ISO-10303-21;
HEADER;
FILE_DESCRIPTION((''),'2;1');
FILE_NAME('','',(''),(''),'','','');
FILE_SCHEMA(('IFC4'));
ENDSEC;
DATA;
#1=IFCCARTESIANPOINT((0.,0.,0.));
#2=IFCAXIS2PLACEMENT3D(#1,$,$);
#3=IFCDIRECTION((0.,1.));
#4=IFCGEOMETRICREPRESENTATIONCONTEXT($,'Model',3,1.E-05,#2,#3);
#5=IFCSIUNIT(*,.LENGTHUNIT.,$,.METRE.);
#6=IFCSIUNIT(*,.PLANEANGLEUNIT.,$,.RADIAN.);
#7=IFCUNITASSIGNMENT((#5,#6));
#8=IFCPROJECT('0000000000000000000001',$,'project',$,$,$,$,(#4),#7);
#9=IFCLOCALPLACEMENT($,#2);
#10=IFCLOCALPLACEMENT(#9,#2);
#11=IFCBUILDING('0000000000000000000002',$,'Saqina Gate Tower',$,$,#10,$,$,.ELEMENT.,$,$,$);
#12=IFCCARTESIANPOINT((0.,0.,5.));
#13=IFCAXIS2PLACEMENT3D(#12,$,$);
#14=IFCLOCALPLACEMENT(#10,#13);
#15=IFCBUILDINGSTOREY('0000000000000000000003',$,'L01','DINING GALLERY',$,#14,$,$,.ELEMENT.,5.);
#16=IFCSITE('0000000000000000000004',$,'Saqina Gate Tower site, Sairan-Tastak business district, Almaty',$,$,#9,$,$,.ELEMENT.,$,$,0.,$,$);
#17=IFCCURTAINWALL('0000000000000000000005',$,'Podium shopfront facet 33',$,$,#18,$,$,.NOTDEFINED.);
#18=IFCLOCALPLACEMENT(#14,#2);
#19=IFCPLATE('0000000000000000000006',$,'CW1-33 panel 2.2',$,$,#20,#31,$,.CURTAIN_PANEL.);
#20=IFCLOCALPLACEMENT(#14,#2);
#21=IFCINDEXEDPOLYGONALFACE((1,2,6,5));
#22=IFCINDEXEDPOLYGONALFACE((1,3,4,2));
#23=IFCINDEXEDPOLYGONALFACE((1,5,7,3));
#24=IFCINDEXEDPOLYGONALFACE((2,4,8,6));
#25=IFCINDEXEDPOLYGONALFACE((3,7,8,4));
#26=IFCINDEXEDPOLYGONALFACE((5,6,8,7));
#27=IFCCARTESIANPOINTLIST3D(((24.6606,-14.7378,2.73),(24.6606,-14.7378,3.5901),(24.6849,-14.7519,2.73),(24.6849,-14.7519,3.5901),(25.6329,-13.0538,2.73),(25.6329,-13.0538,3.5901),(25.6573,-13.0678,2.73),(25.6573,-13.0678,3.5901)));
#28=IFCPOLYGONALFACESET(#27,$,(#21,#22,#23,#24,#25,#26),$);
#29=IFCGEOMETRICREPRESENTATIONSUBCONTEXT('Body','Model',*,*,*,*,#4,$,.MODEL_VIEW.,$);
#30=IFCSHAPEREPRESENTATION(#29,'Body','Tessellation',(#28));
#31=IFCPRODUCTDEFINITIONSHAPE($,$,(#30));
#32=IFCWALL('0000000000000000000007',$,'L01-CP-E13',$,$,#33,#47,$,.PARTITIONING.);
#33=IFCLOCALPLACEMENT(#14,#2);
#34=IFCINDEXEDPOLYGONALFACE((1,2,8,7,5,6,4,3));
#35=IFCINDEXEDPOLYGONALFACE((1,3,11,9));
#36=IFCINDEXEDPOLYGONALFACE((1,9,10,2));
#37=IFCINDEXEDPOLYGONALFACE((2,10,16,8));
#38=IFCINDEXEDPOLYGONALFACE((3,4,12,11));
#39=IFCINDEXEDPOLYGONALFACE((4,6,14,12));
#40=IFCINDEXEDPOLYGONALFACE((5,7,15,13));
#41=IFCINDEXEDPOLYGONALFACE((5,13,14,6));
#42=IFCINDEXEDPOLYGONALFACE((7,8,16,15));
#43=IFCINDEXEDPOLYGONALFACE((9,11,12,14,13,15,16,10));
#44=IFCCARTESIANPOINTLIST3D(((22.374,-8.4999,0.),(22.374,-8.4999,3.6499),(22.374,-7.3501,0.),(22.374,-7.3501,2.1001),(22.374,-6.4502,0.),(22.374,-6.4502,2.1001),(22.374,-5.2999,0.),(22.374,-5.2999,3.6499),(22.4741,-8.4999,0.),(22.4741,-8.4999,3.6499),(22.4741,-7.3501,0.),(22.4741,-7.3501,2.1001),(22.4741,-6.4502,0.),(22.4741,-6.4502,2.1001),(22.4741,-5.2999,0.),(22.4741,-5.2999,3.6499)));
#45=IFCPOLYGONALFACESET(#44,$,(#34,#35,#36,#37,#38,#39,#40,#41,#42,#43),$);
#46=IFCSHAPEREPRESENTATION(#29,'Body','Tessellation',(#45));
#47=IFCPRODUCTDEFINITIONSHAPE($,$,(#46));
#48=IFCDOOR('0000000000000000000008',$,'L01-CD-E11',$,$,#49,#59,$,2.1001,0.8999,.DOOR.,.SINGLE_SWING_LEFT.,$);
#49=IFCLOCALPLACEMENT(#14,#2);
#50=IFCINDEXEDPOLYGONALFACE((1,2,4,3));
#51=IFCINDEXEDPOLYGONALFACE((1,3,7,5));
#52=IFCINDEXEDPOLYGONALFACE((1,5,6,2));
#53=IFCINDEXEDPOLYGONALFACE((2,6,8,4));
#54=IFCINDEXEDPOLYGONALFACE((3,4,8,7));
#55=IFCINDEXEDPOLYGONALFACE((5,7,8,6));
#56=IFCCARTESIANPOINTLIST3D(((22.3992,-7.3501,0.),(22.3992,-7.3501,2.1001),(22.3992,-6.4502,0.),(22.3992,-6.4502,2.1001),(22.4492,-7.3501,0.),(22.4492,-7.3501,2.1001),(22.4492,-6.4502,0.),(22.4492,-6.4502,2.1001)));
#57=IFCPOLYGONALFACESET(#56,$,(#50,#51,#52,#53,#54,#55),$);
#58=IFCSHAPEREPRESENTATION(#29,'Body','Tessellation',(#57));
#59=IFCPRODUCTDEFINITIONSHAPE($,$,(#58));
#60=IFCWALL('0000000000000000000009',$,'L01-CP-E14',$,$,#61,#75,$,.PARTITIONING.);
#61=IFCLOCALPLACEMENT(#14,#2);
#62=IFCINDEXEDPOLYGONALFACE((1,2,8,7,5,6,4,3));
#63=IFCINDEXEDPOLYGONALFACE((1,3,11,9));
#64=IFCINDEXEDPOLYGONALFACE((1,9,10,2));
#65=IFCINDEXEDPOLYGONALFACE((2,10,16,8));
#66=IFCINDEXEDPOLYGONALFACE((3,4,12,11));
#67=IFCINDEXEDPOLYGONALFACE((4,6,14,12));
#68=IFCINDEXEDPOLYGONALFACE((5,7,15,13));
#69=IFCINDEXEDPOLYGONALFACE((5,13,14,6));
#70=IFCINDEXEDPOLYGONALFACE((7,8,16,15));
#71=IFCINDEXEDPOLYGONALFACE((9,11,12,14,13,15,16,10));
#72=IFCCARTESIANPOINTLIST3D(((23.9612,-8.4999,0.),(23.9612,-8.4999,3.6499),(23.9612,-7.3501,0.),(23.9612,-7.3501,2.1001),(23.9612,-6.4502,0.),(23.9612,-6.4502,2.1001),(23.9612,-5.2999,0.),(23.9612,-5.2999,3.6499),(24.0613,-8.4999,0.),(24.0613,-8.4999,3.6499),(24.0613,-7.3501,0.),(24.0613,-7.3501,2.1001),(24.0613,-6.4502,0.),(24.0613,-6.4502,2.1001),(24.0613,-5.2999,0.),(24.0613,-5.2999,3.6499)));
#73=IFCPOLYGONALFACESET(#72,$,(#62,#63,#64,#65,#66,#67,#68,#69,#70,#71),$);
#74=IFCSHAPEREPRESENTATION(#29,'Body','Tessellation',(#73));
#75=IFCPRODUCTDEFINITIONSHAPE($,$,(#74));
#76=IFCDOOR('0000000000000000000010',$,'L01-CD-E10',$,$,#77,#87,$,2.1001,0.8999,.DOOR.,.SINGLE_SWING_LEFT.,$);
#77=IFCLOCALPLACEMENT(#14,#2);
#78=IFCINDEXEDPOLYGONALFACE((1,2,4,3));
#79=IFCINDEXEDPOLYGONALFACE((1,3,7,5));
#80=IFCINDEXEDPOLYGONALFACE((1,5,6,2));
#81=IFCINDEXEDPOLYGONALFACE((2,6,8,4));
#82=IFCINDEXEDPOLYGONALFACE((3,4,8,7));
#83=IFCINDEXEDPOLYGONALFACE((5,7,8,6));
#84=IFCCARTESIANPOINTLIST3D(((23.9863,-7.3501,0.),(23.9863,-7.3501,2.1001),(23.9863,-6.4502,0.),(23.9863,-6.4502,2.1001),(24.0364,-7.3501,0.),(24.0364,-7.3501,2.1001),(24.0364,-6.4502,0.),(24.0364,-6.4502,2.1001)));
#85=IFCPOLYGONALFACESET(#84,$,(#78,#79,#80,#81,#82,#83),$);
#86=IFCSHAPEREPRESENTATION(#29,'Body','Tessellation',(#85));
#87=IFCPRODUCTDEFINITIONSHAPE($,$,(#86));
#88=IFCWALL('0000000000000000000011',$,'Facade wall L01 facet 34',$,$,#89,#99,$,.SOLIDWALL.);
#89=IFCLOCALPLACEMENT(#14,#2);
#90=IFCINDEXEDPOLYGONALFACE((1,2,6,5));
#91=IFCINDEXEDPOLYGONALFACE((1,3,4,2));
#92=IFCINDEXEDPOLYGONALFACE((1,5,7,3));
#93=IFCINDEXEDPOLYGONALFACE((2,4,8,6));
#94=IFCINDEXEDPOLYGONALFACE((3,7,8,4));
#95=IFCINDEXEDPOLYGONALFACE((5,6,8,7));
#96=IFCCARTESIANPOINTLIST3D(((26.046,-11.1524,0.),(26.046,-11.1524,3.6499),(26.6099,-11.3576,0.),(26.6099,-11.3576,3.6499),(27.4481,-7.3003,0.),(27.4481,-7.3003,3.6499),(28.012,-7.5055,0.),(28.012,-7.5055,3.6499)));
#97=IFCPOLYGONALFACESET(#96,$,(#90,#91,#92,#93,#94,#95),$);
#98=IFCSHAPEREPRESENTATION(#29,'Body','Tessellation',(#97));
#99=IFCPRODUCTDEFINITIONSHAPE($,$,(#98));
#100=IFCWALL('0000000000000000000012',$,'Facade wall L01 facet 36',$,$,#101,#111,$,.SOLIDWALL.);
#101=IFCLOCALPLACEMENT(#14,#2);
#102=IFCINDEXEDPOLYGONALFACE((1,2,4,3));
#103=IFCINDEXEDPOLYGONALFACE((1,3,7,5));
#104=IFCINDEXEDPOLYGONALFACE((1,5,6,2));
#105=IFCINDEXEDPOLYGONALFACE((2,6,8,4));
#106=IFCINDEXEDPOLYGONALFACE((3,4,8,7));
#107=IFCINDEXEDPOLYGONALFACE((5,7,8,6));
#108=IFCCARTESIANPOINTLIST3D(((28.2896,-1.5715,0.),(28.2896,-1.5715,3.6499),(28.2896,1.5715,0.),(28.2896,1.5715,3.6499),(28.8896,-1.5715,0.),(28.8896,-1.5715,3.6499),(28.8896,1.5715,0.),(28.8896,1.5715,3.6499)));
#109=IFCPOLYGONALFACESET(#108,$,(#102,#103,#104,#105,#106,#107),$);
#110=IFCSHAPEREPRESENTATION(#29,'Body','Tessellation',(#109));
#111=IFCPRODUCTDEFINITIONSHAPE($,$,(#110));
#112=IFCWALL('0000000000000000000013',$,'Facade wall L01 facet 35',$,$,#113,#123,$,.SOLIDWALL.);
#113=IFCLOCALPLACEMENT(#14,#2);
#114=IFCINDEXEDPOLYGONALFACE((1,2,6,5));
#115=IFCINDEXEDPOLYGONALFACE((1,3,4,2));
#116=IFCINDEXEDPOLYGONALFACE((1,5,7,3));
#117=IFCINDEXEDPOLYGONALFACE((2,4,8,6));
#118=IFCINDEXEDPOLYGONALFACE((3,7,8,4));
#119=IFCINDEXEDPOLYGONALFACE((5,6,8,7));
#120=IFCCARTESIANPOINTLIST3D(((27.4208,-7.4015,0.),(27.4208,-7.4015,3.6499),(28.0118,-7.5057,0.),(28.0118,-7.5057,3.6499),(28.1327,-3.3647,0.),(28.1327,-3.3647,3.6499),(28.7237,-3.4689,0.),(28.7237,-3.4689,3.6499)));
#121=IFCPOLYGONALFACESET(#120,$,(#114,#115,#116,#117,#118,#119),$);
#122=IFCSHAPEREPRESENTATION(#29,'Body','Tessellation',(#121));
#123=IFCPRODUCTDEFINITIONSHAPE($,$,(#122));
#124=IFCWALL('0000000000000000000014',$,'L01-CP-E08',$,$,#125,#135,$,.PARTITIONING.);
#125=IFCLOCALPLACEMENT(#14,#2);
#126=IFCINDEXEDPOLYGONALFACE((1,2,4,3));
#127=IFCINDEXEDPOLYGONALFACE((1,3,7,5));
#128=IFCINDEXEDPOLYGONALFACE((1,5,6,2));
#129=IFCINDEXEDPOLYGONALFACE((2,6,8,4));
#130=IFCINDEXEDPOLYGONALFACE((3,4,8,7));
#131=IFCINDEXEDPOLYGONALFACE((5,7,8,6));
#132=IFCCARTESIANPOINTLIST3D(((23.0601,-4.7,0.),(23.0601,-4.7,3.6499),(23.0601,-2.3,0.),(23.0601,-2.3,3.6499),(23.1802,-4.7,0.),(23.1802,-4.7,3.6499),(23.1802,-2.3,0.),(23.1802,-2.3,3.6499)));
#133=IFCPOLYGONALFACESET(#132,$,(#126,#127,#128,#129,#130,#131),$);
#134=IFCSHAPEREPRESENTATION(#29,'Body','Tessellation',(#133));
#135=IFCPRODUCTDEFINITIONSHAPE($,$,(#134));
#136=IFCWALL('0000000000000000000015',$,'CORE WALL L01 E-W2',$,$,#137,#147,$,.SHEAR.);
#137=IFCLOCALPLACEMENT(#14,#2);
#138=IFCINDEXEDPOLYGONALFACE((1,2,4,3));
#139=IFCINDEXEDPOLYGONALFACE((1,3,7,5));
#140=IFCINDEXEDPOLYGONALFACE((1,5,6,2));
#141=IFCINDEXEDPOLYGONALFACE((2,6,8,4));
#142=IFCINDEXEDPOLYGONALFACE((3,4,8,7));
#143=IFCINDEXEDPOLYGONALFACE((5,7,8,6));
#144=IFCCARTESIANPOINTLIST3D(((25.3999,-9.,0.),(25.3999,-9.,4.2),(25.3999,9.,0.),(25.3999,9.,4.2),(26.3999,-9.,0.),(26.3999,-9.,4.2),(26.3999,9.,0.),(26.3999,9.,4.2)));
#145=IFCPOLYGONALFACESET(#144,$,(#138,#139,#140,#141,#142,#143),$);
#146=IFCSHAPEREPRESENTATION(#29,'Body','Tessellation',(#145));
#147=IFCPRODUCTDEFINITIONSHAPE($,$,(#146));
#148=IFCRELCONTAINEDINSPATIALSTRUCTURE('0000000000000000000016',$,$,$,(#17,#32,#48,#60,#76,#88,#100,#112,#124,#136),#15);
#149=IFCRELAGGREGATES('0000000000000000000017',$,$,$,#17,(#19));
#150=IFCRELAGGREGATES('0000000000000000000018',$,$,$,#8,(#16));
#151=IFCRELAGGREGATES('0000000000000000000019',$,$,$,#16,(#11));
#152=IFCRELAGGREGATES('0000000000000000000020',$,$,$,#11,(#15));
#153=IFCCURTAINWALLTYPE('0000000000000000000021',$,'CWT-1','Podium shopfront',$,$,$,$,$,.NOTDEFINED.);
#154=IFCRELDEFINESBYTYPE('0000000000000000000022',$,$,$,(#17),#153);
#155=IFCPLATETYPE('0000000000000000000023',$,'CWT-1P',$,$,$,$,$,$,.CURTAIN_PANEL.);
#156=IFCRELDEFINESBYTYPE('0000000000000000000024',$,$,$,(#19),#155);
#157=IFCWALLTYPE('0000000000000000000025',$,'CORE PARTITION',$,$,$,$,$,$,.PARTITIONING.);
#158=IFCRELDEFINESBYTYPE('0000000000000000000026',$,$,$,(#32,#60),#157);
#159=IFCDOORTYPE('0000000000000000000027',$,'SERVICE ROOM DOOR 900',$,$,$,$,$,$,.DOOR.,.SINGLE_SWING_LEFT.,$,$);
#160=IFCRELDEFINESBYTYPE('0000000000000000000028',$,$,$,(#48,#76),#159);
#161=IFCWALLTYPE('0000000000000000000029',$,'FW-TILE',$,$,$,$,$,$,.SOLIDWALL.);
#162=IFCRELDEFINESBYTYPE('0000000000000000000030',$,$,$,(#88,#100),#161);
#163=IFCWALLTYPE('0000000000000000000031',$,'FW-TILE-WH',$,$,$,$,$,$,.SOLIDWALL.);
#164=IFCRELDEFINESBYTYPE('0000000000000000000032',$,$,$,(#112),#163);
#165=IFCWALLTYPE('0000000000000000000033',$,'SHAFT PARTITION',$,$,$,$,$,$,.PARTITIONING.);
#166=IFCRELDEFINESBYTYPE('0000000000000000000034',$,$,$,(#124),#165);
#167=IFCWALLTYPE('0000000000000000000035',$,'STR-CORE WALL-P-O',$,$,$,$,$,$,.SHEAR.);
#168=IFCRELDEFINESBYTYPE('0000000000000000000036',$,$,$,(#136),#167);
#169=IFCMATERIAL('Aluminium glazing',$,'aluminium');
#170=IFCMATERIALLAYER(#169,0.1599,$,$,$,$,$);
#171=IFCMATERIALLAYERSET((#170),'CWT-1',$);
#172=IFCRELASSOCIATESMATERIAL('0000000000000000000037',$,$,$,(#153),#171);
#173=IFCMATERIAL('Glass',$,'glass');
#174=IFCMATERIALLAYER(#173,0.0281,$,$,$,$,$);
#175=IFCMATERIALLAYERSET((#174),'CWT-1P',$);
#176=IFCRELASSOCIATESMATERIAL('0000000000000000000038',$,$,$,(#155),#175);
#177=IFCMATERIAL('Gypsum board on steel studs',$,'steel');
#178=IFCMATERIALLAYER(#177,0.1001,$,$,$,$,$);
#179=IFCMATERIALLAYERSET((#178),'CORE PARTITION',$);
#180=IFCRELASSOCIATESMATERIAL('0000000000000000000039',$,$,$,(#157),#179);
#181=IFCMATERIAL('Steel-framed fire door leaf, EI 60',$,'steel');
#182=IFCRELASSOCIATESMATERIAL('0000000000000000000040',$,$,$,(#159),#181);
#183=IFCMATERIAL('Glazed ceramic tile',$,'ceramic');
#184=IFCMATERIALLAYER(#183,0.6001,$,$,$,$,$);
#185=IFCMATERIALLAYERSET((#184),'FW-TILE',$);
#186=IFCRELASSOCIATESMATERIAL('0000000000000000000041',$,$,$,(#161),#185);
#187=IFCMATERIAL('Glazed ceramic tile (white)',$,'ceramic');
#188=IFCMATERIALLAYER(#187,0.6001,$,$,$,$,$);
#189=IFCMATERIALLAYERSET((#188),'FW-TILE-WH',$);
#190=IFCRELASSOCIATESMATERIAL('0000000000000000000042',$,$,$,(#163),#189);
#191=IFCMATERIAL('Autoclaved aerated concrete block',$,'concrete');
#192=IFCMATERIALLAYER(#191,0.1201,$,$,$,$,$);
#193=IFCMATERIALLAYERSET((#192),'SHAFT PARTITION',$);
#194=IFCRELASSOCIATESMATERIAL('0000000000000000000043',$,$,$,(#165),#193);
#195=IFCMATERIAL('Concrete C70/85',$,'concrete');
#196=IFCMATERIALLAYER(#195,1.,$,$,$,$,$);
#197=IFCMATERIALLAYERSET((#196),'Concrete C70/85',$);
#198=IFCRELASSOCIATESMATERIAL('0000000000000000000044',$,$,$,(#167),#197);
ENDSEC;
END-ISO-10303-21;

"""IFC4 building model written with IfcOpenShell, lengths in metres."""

from ifc_helpers import new_model, si_unit, direction, frame, frame_2d, origin, origin_2d, place, context, subcontext, project, spatial, rectangle, extrude, material, layer, layer_set, type_object, element, fill, aggregate, save


model = new_model("IFC4")

# Units and contexts
model_context = context("Model", 3, precision=1e-05, world=origin(), true_north=direction((0.0, 1.0)))
body_context = subcontext(model_context, "Body", "Model", "MODEL_VIEW")
ifc_project = project(units=[si_unit("LENGTHUNIT", "METRE"), si_unit("PLANEANGLEUNIT", "RADIAN")], contexts=[model_context])

# Site, building, storey
site_placement = place(None, origin())
site = spatial("IfcSite", under=ifc_project, at=site_placement, Name="Saqina Gate Tower site, Sairan-Tastak business district, Almaty", CompositionType="ELEMENT", RefElevation=0.0)
building_placement = place(site_placement, origin())
building = spatial("IfcBuilding", under=site, at=building_placement, Name="Saqina Gate Tower", CompositionType="ELEMENT")
storey_placement = place(building_placement, frame((0.0, 0.0, 5.0)))
storey = spatial("IfcBuildingStorey", under=building, at=storey_placement, Name="L01", Description="DINING GALLERY", CompositionType="ELEMENT", Elevation=5.0)

# Curtain wall, plate
ifc_material_1 = material(Name="Aluminium glazing", Category="aluminium")
ifc_layer_1 = layer(ifc_material_1, 0.1599)
ifc_layer_set_1 = layer_set([ifc_layer_1], Name="CWT-1")
curtain_wall_type = type_object("IfcCurtainWallType", Name="CWT-1", Description="Podium shopfront", PredefinedType="NOTDEFINED", material=ifc_layer_set_1)
curtain_wall_placement = place(storey_placement, origin())
curtain_wall = element("IfcCurtainWall", 1, at=curtain_wall_placement, inside=storey, type_object=curtain_wall_type, Name="Podium shopfront facet 33", PredefinedType="NOTDEFINED")
ifc_material_2 = material(Name="Glass", Category="glass")
ifc_layer_2 = layer(ifc_material_2, 0.0281)
ifc_layer_set_2 = layer_set([ifc_layer_2], Name="CWT-1P")
plate_type = type_object("IfcPlateType", Name="CWT-1P", PredefinedType="CURTAIN_PANEL", material=ifc_layer_set_2)
plate_1_placement = place(storey_placement, frame((25.1589, -13.9028, 2.73), z_axis=(0.0, 0.0, 1.0), x_axis=(0.500014, 0.866017, 0.0)))
plate_1 = element("IfcPlate", 2, at=plate_1_placement, type_object=plate_type, Name="CW1-33 panel 2.2", PredefinedType="CURTAIN_PANEL", context=body_context, shape_type="SweptSolid", body=[
    extrude(rectangle(XDim=1.9446, YDim=0.0281, at=origin_2d()), origin(), (0.0, 0.0, 1.0), 0.8601),
])
aggregate(curtain_wall, [plate_1])

# Walls, openings, doors
ifc_material_3 = material(Name="Gypsum board on steel studs", Category="steel")
ifc_layer_3 = layer(ifc_material_3, 0.1001)
ifc_layer_set_3 = layer_set([ifc_layer_3], Name="CORE PARTITION")
wall_type_1 = type_object("IfcWallType", Name="CORE PARTITION", PredefinedType="PARTITIONING", material=ifc_layer_set_3)
wall_1_placement = place(storey_placement, frame((22.4241, -8.5, 0.0), z_axis=(0.0, 0.0, 1.0), x_axis=(0.0, 1.0, 0.0)))
wall_1 = element("IfcWall", 3, at=wall_1_placement, inside=storey, type_object=wall_type_1, Name="L01-CP-E13", PredefinedType="PARTITIONING", context=body_context, shape_type="SweptSolid", body=[
    extrude(rectangle(XDim=3.2, YDim=0.1001, at=frame_2d((1.6001, 0.0))), origin(), (0.0, 0.0, 1.0), 3.6499),
])
opening_1_placement = place(wall_1_placement, frame((1.1499, 0.0, 0.0)))
opening_1 = element("IfcOpeningElement", 4, at=opening_1_placement, cuts=wall_1, PredefinedType="OPENING", context=body_context, shape_type="SweptSolid", body=[
    extrude(rectangle(XDim=0.8999, YDim=2.1001, at=frame_2d((0.45, 1.05))), frame((0.0, 0.062, 0.0), z_axis=(0.0, -1.0, 0.0), x_axis=(1.0, 0.0, 0.0)), (0.0, 0.0, 1.0), 0.124),
])
ifc_material_4 = material(Name="Steel-framed fire door leaf, EI 60", Category="steel")
door_type = type_object("IfcDoorType", Name="SERVICE ROOM DOOR 900", OperationType="SINGLE_SWING_LEFT", PredefinedType="DOOR", material=ifc_material_4)
door_1_placement = place(opening_1_placement, origin())
door_1 = element("IfcDoor", 5, at=door_1_placement, inside=storey, type_object=door_type, Name="L01-CD-E11", OperationType="SINGLE_SWING_LEFT", OverallHeight=2.1001, OverallWidth=0.8999, PredefinedType="DOOR", context=body_context, shape_type="SweptSolid", body=[
    extrude(rectangle(XDim=0.8999, YDim=2.1001, at=frame_2d((0.45, 1.05))), frame((0.0, 0.0249, 0.0), z_axis=(0.0, -1.0, 0.0), x_axis=(1.0, 0.0, 0.0)), (0.0, 0.0, 1.0), 0.05),
])
fill(opening_1, door_1)
wall_2_placement = place(storey_placement, frame((24.0112, -8.5, 0.0), z_axis=(0.0, 0.0, 1.0), x_axis=(0.0, 1.0, 0.0)))
wall_2 = element("IfcWall", 6, at=wall_2_placement, inside=storey, type_object=wall_type_1, Name="L01-CP-E14", PredefinedType="PARTITIONING", context=body_context, shape_type="SweptSolid", body=[
    extrude(rectangle(XDim=3.2, YDim=0.1001, at=frame_2d((1.6001, 0.0))), origin(), (0.0, 0.0, 1.0), 3.6499),
])
opening_2_placement = place(wall_2_placement, frame((1.1499, 0.0, 0.0)))
opening_2 = element("IfcOpeningElement", 7, at=opening_2_placement, cuts=wall_2, PredefinedType="OPENING", context=body_context, shape_type="SweptSolid", body=[
    extrude(rectangle(XDim=0.8999, YDim=2.1001, at=frame_2d((0.45, 1.05))), frame((0.0, 0.062, 0.0), z_axis=(0.0, -1.0, 0.0), x_axis=(1.0, 0.0, 0.0)), (0.0, 0.0, 1.0), 0.124),
])
door_2_placement = place(opening_2_placement, origin())
door_2 = element("IfcDoor", 8, at=door_2_placement, inside=storey, type_object=door_type, Name="L01-CD-E10", OperationType="SINGLE_SWING_LEFT", OverallHeight=2.1001, OverallWidth=0.8999, PredefinedType="DOOR", context=body_context, shape_type="SweptSolid", body=[
    extrude(rectangle(XDim=0.8999, YDim=2.1001, at=frame_2d((0.45, 1.05))), frame((0.0, 0.0249, 0.0), z_axis=(0.0, -1.0, 0.0), x_axis=(1.0, 0.0, 0.0)), (0.0, 0.0, 1.0), 0.05),
])
fill(opening_2, door_2)

# Walls
ifc_material_5 = material(Name="Glazed ceramic tile", Category="ceramic")
ifc_layer_4 = layer(ifc_material_5, 0.6001)
ifc_layer_set_4 = layer_set([ifc_layer_4], Name="FW-TILE")
wall_type_2 = type_object("IfcWallType", Name="FW-TILE", PredefinedType="SOLIDWALL", material=ifc_layer_set_4)
wall_3_placement = place(storey_placement, frame((26.3279, -11.2551, 0.0), z_axis=(0.0, 0.0, 1.0), x_axis=(0.342035, 0.939687, 0.0)))
element("IfcWall", 9, at=wall_3_placement, inside=storey, type_object=wall_type_2, Name="Facade wall L01 facet 34", PredefinedType="SOLIDWALL", context=body_context, shape_type="SweptSolid", body=[
    extrude(rectangle(XDim=4.0994, YDim=0.6001, at=frame_2d((2.0498, 0.0))), origin(), (0.0, 0.0, 1.0), 3.6499),
])
wall_4_placement = place(storey_placement, frame((28.5896, -1.5715, 0.0), z_axis=(0.0, 0.0, 1.0), x_axis=(0.0, 1.0, 0.0)))
element("IfcWall", 10, at=wall_4_placement, inside=storey, type_object=wall_type_2, Name="Facade wall L01 facet 36", PredefinedType="SOLIDWALL", context=body_context, shape_type="SweptSolid", body=[
    extrude(rectangle(XDim=3.1431, YDim=0.6001, at=frame_2d((1.5715, 0.0))), origin(), (0.0, 0.0, 1.0), 3.6499),
])
ifc_material_6 = material(Name="Glazed ceramic tile (white)", Category="ceramic")
ifc_layer_5 = layer(ifc_material_6, 0.6001)
ifc_layer_set_5 = layer_set([ifc_layer_5], Name="FW-TILE-WH")
wall_type_3 = type_object("IfcWallType", Name="FW-TILE-WH", PredefinedType="SOLIDWALL", material=ifc_layer_set_5)
wall_5_placement = place(storey_placement, frame((27.7163, -7.4536, 0.0), z_axis=(0.0, 0.0, 1.0), x_axis=(0.173673, 0.984803, 0.0)))
element("IfcWall", 11, at=wall_5_placement, inside=storey, type_object=wall_type_3, Name="Facade wall L01 facet 35", PredefinedType="SOLIDWALL", context=body_context, shape_type="SweptSolid", body=[
    extrude(rectangle(XDim=4.0991, YDim=0.6001, at=frame_2d((2.0496, 0.0))), origin(), (0.0, 0.0, 1.0), 3.6499),
])
ifc_material_7 = material(Name="Autoclaved aerated concrete block", Category="concrete")
ifc_layer_6 = layer(ifc_material_7, 0.1201)
ifc_layer_set_6 = layer_set([ifc_layer_6], Name="SHAFT PARTITION")
wall_type_4 = type_object("IfcWallType", Name="SHAFT PARTITION", PredefinedType="PARTITIONING", material=ifc_layer_set_6)
wall_6_placement = place(storey_placement, frame((23.1201, -4.7, 0.0), z_axis=(0.0, 0.0, 1.0), x_axis=(0.0, 1.0, 0.0)))
element("IfcWall", 12, at=wall_6_placement, inside=storey, type_object=wall_type_4, Name="L01-CP-E08", PredefinedType="PARTITIONING", context=body_context, shape_type="SweptSolid", body=[
    extrude(rectangle(XDim=2.3999, YDim=0.1201, at=frame_2d((1.2, 0.0))), origin(), (0.0, 0.0, 1.0), 3.6499),
])
ifc_material_8 = material(Name="Concrete C70/85", Category="concrete")
ifc_layer_7 = layer(ifc_material_8, 1.0)
ifc_layer_set_7 = layer_set([ifc_layer_7], Name="Concrete C70/85")
wall_type_5 = type_object("IfcWallType", Name="STR-CORE WALL-P-O", PredefinedType="SHEAR", material=ifc_layer_set_7)
wall_7_placement = place(storey_placement, frame((25.8999, -9.0, 0.0), z_axis=(0.0, 0.0, 1.0), x_axis=(0.0, 1.0, 0.0)))
element("IfcWall", 13, at=wall_7_placement, inside=storey, type_object=wall_type_5, Name="CORE WALL L01 E-W2", PredefinedType="SHEAR", context=body_context, shape_type="SweptSolid", body=[
    extrude(rectangle(XDim=18.0, YDim=1.0, at=frame_2d((9.0, 0.0))), origin(), (0.0, 0.0, 1.0), 4.2),
])

save(model, "model.ifc")
